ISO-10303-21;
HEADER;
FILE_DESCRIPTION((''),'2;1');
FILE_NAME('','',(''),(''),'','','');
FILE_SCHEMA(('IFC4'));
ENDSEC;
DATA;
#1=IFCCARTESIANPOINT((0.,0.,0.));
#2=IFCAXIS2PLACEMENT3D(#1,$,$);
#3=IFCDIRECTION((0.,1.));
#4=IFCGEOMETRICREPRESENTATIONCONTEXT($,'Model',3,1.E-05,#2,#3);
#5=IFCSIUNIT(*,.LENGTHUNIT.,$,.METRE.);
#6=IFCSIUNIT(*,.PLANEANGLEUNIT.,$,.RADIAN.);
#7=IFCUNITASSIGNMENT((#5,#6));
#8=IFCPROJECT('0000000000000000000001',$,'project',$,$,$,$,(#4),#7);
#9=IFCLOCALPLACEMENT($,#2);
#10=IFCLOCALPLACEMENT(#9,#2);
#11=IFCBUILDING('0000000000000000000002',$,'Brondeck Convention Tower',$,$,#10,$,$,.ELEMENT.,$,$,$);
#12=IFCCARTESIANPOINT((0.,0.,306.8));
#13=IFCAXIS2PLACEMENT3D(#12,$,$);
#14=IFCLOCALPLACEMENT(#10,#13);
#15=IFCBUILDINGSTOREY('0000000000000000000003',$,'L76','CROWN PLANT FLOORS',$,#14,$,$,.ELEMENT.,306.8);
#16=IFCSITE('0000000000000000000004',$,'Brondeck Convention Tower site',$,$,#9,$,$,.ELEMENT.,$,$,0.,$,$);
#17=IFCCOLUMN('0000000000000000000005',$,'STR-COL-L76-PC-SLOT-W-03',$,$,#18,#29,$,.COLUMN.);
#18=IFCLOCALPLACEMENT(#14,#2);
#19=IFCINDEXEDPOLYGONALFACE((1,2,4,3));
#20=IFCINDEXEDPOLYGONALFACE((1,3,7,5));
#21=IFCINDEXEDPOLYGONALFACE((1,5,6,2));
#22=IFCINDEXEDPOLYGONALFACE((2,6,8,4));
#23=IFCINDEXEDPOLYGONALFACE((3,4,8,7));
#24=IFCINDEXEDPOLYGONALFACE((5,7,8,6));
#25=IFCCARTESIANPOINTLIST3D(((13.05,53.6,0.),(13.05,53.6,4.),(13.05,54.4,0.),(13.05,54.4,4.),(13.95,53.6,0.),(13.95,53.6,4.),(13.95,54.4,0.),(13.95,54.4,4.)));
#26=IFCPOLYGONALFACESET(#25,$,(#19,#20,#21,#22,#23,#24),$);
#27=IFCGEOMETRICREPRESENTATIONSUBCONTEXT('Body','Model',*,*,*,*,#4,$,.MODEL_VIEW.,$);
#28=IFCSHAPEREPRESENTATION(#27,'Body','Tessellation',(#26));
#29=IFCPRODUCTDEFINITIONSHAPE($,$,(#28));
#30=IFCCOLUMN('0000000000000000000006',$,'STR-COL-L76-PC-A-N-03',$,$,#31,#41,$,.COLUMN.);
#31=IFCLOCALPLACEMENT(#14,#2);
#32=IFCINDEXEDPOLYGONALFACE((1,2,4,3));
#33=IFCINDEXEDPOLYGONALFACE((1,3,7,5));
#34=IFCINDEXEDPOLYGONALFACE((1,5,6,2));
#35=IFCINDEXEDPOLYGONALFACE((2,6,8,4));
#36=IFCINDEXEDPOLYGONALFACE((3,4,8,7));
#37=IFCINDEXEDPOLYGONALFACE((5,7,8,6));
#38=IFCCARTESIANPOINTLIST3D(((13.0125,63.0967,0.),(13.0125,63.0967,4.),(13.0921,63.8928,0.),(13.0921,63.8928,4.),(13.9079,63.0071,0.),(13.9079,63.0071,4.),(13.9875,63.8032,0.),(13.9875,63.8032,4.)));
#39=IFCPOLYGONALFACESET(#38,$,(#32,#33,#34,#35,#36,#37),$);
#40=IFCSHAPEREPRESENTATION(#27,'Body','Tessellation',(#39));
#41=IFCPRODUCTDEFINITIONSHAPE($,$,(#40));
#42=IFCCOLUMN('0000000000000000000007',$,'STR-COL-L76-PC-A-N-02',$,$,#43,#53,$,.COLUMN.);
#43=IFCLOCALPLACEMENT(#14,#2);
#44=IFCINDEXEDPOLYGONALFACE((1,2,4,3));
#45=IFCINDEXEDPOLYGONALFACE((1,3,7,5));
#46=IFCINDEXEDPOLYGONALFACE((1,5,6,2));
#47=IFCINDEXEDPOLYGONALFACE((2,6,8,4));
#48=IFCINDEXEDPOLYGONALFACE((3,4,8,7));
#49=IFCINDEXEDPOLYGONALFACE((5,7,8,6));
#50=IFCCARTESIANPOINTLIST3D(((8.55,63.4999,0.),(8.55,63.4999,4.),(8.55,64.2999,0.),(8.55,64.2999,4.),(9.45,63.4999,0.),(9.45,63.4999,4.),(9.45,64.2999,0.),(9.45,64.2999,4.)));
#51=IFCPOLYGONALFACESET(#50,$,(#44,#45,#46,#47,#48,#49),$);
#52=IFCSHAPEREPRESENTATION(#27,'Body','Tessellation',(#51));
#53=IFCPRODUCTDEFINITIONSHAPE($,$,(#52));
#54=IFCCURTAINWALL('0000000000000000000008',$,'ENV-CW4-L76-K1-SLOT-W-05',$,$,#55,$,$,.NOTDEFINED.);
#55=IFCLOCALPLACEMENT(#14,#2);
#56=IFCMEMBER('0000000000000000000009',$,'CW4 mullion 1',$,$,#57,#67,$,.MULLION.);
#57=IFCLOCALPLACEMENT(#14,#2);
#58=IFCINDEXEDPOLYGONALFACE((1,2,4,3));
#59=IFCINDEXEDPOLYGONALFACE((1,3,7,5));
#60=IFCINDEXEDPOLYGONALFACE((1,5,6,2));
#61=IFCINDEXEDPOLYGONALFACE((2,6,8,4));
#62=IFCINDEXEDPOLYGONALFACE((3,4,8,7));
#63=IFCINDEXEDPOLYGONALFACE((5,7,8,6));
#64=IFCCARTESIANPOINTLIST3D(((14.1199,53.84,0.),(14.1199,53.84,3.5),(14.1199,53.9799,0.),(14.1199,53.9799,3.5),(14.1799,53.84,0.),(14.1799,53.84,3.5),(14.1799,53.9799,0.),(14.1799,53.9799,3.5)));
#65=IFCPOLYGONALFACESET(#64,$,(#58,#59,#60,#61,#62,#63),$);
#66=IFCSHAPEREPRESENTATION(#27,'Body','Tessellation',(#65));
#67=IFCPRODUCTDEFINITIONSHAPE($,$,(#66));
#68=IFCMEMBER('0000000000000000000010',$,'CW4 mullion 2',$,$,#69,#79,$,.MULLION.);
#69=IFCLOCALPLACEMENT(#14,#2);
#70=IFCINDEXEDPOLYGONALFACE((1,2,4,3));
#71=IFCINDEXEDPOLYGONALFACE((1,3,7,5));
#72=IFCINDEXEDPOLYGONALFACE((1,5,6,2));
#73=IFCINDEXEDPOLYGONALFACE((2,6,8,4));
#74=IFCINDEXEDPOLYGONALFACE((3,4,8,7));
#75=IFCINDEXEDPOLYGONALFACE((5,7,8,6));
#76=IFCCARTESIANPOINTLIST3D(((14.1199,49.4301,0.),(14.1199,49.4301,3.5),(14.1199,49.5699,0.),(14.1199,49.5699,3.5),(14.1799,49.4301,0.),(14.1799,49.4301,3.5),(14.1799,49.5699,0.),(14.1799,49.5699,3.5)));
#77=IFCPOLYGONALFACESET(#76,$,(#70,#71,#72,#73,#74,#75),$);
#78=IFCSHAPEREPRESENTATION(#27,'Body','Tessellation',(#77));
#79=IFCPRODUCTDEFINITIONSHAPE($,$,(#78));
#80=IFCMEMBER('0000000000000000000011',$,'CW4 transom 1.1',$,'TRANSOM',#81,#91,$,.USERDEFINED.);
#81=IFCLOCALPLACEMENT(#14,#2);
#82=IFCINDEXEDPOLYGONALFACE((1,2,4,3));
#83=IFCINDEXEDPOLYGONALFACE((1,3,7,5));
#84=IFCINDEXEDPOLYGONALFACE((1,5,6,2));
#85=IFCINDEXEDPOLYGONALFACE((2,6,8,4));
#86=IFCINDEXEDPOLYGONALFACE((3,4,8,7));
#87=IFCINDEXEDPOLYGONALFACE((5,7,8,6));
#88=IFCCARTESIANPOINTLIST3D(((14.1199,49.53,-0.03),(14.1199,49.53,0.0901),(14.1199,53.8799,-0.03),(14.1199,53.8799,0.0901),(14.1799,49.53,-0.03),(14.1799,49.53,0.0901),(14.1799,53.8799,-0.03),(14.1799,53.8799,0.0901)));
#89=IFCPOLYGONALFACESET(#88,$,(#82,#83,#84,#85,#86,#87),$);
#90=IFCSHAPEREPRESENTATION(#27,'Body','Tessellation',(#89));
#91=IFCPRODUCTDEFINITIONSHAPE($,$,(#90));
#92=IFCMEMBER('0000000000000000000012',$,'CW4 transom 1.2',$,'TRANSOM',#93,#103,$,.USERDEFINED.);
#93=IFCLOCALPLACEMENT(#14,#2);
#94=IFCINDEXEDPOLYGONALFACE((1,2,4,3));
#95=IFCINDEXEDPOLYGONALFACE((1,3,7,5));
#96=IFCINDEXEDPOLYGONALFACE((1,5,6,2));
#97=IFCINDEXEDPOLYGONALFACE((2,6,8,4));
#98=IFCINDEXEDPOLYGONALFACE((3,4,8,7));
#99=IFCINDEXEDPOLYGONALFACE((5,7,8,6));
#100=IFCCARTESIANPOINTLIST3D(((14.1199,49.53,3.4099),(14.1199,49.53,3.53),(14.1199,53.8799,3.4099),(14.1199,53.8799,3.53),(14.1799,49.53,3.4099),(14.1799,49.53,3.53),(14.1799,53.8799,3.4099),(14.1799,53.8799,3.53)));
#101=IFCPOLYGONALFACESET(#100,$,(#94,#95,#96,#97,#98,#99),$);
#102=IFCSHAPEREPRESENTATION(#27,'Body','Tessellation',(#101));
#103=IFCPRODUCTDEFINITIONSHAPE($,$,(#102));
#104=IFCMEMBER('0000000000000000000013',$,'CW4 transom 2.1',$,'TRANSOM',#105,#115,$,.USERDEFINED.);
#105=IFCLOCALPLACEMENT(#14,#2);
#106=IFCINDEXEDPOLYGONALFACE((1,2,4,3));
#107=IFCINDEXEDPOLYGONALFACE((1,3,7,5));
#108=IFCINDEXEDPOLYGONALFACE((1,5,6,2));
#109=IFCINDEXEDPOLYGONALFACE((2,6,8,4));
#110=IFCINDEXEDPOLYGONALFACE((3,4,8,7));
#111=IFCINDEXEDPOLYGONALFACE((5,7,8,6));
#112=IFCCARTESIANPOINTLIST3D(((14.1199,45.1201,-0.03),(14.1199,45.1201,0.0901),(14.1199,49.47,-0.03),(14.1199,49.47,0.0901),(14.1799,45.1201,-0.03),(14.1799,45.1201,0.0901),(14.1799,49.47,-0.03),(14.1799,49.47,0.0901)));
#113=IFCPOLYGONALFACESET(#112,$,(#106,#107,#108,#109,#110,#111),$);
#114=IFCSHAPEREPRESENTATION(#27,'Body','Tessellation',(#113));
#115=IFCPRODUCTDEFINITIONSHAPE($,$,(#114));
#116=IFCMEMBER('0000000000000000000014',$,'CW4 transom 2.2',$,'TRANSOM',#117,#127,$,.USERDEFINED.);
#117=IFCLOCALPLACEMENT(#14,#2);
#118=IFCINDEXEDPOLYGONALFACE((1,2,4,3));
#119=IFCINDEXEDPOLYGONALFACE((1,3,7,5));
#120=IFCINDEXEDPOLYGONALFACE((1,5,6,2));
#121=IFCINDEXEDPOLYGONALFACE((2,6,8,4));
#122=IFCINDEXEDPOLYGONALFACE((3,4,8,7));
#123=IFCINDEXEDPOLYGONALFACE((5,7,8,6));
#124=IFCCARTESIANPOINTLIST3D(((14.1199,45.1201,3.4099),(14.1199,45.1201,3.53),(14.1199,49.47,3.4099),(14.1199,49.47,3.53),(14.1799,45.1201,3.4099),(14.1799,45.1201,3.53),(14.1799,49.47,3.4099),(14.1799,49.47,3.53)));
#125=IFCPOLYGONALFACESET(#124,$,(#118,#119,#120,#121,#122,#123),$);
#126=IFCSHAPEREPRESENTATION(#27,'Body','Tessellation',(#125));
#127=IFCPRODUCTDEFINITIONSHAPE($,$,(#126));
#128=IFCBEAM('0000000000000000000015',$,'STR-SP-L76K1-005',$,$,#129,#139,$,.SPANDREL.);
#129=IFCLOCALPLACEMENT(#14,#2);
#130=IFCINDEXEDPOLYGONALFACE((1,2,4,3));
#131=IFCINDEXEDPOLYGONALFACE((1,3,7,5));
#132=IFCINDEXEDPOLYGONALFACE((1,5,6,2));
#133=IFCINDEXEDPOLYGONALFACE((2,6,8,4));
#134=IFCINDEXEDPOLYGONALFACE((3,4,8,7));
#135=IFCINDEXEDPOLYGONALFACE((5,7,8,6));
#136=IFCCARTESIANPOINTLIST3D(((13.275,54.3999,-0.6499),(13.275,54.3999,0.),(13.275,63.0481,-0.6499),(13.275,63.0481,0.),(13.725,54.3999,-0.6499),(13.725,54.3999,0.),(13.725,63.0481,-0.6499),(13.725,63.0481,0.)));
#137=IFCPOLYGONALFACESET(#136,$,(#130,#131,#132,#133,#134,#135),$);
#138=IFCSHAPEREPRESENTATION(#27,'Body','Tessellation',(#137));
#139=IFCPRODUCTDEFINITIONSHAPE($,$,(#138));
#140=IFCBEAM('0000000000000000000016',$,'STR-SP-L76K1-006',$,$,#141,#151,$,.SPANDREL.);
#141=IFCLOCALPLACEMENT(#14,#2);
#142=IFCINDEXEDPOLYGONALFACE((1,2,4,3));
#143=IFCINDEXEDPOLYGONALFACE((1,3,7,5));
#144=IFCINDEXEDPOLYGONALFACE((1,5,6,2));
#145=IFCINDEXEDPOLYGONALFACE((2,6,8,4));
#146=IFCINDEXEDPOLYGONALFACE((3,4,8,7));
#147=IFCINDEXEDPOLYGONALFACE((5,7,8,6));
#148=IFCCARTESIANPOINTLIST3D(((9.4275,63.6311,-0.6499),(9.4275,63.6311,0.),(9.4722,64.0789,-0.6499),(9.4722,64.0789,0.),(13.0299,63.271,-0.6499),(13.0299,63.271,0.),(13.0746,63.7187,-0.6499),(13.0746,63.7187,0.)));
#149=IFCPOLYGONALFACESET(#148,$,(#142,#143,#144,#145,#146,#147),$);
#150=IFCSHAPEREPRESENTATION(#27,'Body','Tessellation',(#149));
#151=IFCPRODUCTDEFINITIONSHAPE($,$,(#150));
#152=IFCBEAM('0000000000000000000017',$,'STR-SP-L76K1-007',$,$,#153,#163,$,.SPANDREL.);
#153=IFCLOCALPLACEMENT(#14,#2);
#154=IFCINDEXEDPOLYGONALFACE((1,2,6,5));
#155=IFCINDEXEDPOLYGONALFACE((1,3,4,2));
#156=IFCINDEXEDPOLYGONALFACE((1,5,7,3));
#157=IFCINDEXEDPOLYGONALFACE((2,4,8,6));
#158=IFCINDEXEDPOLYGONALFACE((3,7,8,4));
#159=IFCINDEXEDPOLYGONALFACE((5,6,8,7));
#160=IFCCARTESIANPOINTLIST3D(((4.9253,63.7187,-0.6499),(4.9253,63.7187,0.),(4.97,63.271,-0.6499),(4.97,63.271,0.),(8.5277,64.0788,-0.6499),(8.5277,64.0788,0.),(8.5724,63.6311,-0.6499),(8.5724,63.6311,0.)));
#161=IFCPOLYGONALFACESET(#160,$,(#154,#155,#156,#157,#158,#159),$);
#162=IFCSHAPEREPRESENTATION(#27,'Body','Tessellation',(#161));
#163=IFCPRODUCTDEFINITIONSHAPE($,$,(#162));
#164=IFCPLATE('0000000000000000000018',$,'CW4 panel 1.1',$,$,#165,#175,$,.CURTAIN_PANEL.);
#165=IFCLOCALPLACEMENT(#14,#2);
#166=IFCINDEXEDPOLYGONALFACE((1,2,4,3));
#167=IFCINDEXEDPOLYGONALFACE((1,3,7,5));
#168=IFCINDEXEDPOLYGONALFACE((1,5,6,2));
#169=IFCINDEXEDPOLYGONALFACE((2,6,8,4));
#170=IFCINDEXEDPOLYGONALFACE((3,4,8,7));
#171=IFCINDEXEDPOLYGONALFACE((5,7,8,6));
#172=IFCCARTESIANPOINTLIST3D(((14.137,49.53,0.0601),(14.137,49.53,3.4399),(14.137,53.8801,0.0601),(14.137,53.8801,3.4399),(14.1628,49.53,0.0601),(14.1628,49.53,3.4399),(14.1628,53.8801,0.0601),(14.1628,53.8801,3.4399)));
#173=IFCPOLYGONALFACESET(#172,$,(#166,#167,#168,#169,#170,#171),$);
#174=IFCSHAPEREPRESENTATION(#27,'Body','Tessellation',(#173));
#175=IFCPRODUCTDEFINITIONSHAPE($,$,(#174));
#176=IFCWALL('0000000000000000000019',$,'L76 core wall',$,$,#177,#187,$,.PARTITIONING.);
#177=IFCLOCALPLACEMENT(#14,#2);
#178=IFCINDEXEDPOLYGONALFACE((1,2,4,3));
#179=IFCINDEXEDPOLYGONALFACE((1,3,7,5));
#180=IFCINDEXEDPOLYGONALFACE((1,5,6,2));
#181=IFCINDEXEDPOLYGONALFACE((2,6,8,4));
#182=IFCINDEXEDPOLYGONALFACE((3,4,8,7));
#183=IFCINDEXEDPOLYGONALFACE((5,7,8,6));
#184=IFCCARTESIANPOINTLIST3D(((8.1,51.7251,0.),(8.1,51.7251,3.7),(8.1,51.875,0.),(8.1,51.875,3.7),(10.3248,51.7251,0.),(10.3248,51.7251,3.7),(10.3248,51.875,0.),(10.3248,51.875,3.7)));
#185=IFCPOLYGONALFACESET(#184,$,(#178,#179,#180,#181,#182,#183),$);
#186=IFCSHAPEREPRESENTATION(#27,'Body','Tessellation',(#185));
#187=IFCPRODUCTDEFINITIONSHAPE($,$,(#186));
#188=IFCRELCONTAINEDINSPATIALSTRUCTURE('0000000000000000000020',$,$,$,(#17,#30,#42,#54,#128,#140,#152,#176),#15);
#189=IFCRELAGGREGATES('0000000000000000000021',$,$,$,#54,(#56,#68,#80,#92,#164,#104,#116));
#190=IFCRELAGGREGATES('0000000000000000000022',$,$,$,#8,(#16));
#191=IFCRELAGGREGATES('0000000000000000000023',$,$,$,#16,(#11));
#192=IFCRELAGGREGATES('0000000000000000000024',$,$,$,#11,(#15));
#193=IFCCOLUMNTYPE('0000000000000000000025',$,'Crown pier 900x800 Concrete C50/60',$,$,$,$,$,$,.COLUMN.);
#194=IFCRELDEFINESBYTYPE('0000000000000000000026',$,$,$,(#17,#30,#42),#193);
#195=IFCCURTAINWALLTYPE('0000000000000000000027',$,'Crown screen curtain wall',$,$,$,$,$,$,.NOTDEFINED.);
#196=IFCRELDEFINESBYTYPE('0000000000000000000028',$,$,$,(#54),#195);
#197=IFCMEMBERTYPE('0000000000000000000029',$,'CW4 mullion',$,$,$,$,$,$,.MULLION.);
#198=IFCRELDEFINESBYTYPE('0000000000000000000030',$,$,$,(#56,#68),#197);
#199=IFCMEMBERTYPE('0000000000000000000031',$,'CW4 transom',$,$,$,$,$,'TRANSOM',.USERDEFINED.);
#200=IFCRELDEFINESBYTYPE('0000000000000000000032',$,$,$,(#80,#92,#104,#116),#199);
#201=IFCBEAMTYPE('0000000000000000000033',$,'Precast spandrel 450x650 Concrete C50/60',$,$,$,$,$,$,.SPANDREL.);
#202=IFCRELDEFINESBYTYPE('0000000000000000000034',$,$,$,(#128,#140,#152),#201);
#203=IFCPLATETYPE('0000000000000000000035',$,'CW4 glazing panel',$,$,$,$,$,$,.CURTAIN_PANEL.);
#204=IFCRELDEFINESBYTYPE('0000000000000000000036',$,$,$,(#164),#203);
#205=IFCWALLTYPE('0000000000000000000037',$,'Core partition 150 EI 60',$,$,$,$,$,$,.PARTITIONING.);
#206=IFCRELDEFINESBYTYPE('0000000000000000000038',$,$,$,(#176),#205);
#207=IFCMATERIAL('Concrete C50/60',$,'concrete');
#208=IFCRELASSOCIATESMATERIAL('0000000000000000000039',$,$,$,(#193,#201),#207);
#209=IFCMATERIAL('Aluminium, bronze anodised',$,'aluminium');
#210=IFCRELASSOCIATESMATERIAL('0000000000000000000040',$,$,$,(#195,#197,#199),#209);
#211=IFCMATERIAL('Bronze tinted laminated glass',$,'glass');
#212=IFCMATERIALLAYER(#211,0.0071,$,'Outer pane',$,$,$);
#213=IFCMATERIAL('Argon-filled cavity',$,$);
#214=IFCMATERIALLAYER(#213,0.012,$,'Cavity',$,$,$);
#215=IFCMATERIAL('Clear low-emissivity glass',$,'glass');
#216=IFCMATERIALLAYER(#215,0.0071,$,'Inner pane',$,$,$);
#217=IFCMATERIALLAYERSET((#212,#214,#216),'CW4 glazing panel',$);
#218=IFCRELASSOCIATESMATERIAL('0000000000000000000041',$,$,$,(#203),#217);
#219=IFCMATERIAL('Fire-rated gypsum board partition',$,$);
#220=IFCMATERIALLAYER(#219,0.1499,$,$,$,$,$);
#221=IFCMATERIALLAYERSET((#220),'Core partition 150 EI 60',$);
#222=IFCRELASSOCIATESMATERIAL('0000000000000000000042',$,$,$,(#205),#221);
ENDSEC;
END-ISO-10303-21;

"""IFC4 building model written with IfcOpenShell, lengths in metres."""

from ifc_helpers import new_model, si_unit, direction, frame, frame_2d, origin, origin_2d, place, context, subcontext, project, spatial, rectangle, extrude, material, layer, layer_set, material_profile, profile_set, type_object, element, aggregate, save


model = new_model("IFC4")

# Units and contexts
model_context = context("Model", 3, precision=1e-05, world=origin(), true_north=direction((0.0, 1.0)))
body_context = subcontext(model_context, "Body", "Model", "MODEL_VIEW")
ifc_project = project(units=[si_unit("LENGTHUNIT", "METRE"), si_unit("PLANEANGLEUNIT", "RADIAN")], contexts=[model_context])

# Site, building, storey
site_placement = place(None, origin())
site = spatial("IfcSite", under=ifc_project, at=site_placement, Name="Brondeck Convention Tower site", CompositionType="ELEMENT", RefElevation=0.0)
building_placement = place(site_placement, origin())
building = spatial("IfcBuilding", under=site, at=building_placement, Name="Brondeck Convention Tower", CompositionType="ELEMENT")
storey_placement = place(building_placement, frame((0.0, 0.0, 306.8)))
storey = spatial("IfcBuildingStorey", under=building, at=storey_placement, Name="L76", Description="CROWN PLANT FLOORS", CompositionType="ELEMENT", Elevation=306.8)

# Columns
ifc_material_1 = material(Name="Concrete C50/60", Category="concrete")
ifc_material_profile_1 = material_profile(ifc_material_1, rectangle(XDim=0.8999, YDim=0.8, at=origin_2d()), Name="Crown pier 900x800 Concrete C50/60")
ifc_profile_set_1 = profile_set([ifc_material_profile_1], Name="Concrete C50/60")
column_type = type_object("IfcColumnType", Name="Crown pier 900x800 Concrete C50/60", PredefinedType="COLUMN", material=ifc_profile_set_1)
for number, where, z_axis, x_axis, name in (
    (1, (13.5, 54.0, 0.0), (0.0, 0.0, 1.0), (1.0, 0.0, 0.0), "STR-COL-L76-PC-SLOT-W-03"),
    (2, (13.5, 63.45, 0.0), (0.0, 0.0, 1.0), (-0.995037, 0.099504, 0.0), "STR-COL-L76-PC-A-N-03"),
    (3, (9.0, 63.8999, 0.0), (0.0, 0.0, 1.0), (-1.0, 0.0, 0.0), "STR-COL-L76-PC-A-N-02"),
):
    element("IfcColumn", number, at=place(storey_placement, frame(where, z_axis=z_axis, x_axis=x_axis)), inside=storey, type_object=column_type, Name=name, PredefinedType="COLUMN", context=body_context, shape_type="SweptSolid", body=[
        extrude(rectangle(XDim=0.8999, YDim=0.8, at=origin_2d()), origin(), (0.0, 0.0, 1.0), 4.0),
    ])

# Curtain wall, members
ifc_material_2 = material(Name="Aluminium, bronze anodised", Category="aluminium")
curtain_wall_type = type_object("IfcCurtainWallType", Name="Crown screen curtain wall", PredefinedType="NOTDEFINED", material=ifc_material_2)
curtain_wall_placement = place(storey_placement, origin())
curtain_wall = element("IfcCurtainWall", 4, at=curtain_wall_placement, inside=storey, type_object=curtain_wall_type, Name="ENV-CW4-L76-K1-SLOT-W-05", PredefinedType="NOTDEFINED")
ifc_material_profile_2 = material_profile(ifc_material_2, rectangle(XDim=0.0601, YDim=0.1399, at=origin_2d()), Name="CW4 mullion")
ifc_profile_set_2 = profile_set([ifc_material_profile_2], Name="Aluminium, bronze anodised")
member_type_1 = type_object("IfcMemberType", Name="CW4 mullion", PredefinedType="MULLION", material=ifc_profile_set_2)
member_1_placement = place(storey_placement, frame((14.1499, 53.9099, 0.0), z_axis=(0.0, 0.0, 1.0), x_axis=(1.0, 0.0, 0.0)))
member_1 = element("IfcMember", 5, at=member_1_placement, type_object=member_type_1, Name="CW4 mullion 1", PredefinedType="MULLION", context=body_context, shape_type="SweptSolid", body=[
    extrude(rectangle(XDim=0.0601, YDim=0.1399, at=origin_2d()), origin(), (0.0, 0.0, 1.0), 3.5),
])
member_2_placement = place(storey_placement, frame((14.1499, 49.5, 0.0), z_axis=(0.0, 0.0, 1.0), x_axis=(1.0, 0.0, 0.0)))
member_2 = element("IfcMember", 6, at=member_2_placement, type_object=member_type_1, Name="CW4 mullion 2", PredefinedType="MULLION", context=body_context, shape_type="SweptSolid", body=[
    extrude(rectangle(XDim=0.0601, YDim=0.1399, at=origin_2d()), origin(), (0.0, 0.0, 1.0), 3.5),
])
ifc_material_profile_3 = material_profile(ifc_material_2, rectangle(XDim=0.0601, YDim=0.1201, at=origin_2d()), Name="CW4 transom")
ifc_profile_set_3 = profile_set([ifc_material_profile_3], Name="Aluminium, bronze anodised")
member_type_2 = type_object("IfcMemberType", Name="CW4 transom", ElementType="TRANSOM", PredefinedType="USERDEFINED", material=ifc_profile_set_3)
member_3_placement = place(storey_placement, frame((14.1499, 53.8799, 0.03), z_axis=(0.0, -1.0, 0.0), x_axis=(1.0, 0.0, 0.0)))
member_3 = element("IfcMember", 7, at=member_3_placement, type_object=member_type_2, Name="CW4 transom 1.1", ObjectType="TRANSOM", PredefinedType="USERDEFINED", context=body_context, shape_type="SweptSolid", body=[
    extrude(rectangle(XDim=0.0601, YDim=0.1201, at=origin_2d()), origin(), (0.0, 0.0, 1.0), 4.3499),
])
member_4_placement = place(storey_placement, frame((14.1499, 53.8799, 3.47), z_axis=(0.0, -1.0, 0.0), x_axis=(1.0, 0.0, 0.0)))
member_4 = element("IfcMember", 8, at=member_4_placement, type_object=member_type_2, Name="CW4 transom 1.2", ObjectType="TRANSOM", PredefinedType="USERDEFINED", context=body_context, shape_type="SweptSolid", body=[
    extrude(rectangle(XDim=0.0601, YDim=0.1201, at=origin_2d()), origin(), (0.0, 0.0, 1.0), 4.3499),
])
member_5_placement = place(storey_placement, frame((14.1499, 49.47, 0.03), z_axis=(0.0, -1.0, 0.0), x_axis=(1.0, 0.0, 0.0)))
member_5 = element("IfcMember", 9, at=member_5_placement, type_object=member_type_2, Name="CW4 transom 2.1", ObjectType="TRANSOM", PredefinedType="USERDEFINED", context=body_context, shape_type="SweptSolid", body=[
    extrude(rectangle(XDim=0.0601, YDim=0.1201, at=origin_2d()), origin(), (0.0, 0.0, 1.0), 4.3499),
])
member_6_placement = place(storey_placement, frame((14.1499, 49.47, 3.47), z_axis=(0.0, -1.0, 0.0), x_axis=(1.0, 0.0, 0.0)))
member_6 = element("IfcMember", 10, at=member_6_placement, type_object=member_type_2, Name="CW4 transom 2.2", ObjectType="TRANSOM", PredefinedType="USERDEFINED", context=body_context, shape_type="SweptSolid", body=[
    extrude(rectangle(XDim=0.0601, YDim=0.1201, at=origin_2d()), origin(), (0.0, 0.0, 1.0), 4.3499),
])

# Beams
ifc_material_profile_4 = material_profile(ifc_material_1, rectangle(XDim=0.45, YDim=0.6499, at=origin_2d()), Name="Precast spandrel 450x650 Concrete C50/60")
ifc_profile_set_4 = profile_set([ifc_material_profile_4], Name="Concrete C50/60")
beam_type = type_object("IfcBeamType", Name="Precast spandrel 450x650 Concrete C50/60", PredefinedType="SPANDREL", material=ifc_profile_set_4)
beam_placement = place(storey_placement, frame((13.5, 54.3999, -0.325), z_axis=(0.0, 1.0, 0.0), x_axis=(-1.0, 0.0, 0.0)))
element("IfcBeam", 11, at=beam_placement, inside=storey, type_object=beam_type, Name="STR-SP-L76K1-005", PredefinedType="SPANDREL", context=body_context, shape_type="SweptSolid", body=[
    extrude(rectangle(XDim=0.45, YDim=0.6499, at=origin_2d()), origin(), (0.0, 0.0, 1.0), 8.6482),
])
for number, where, z_axis, x_axis, name in (
    (12, (13.0522, 63.4949, -0.325), (-0.995041, 0.09947, 0.0), (-0.09947, -0.995041, 0.0), "STR-SP-L76K1-006"),
    (13, (8.55, 63.855, -0.325), (-0.995041, -0.09947, 0.0), (0.09947, -0.995041, 0.0), "STR-SP-L76K1-007"),
):
    element("IfcBeam", number, at=place(storey_placement, frame(where, z_axis=z_axis, x_axis=x_axis)), inside=storey, type_object=beam_type, Name=name, PredefinedType="SPANDREL", context=body_context, shape_type="SweptSolid", body=[
        extrude(rectangle(XDim=0.45, YDim=0.6499, at=origin_2d()), origin(), (0.0, 0.0, 1.0), 3.6204),
    ])

# Plate
ifc_material_3 = material(Name="Bronze tinted laminated glass", Category="glass")
ifc_layer_1 = layer(ifc_material_3, 0.0071, Name="Outer pane")
ifc_material_4 = material(Name="Argon-filled cavity")
ifc_layer_2 = layer(ifc_material_4, 0.012, Name="Cavity")
ifc_material_5 = material(Name="Clear low-emissivity glass", Category="glass")
ifc_layer_3 = layer(ifc_material_5, 0.0071, Name="Inner pane")
ifc_layer_set_1 = layer_set([ifc_layer_1, ifc_layer_2, ifc_layer_3], Name="CW4 glazing panel")
plate_type = type_object("IfcPlateType", Name="CW4 glazing panel", PredefinedType="CURTAIN_PANEL", material=ifc_layer_set_1)
plate_placement = place(storey_placement, frame((14.1499, 51.7051, 0.0601), z_axis=(0.0, 0.0, 1.0), x_axis=(0.0, -1.0, 0.0)))
plate = element("IfcPlate", 14, at=plate_placement, type_object=plate_type, Name="CW4 panel 1.1", PredefinedType="CURTAIN_PANEL", context=body_context, shape_type="SweptSolid", body=[
    extrude(rectangle(XDim=4.3501, YDim=0.0259, at=origin_2d()), origin(), (0.0, 0.0, 1.0), 3.3799),
])
aggregate(curtain_wall, [member_1, member_2, member_3, member_4, plate, member_5, member_6])

# Wall
ifc_material_6 = material(Name="Fire-rated gypsum board partition")
ifc_layer_4 = layer(ifc_material_6, 0.1499)
ifc_layer_set_2 = layer_set([ifc_layer_4], Name="Core partition 150 EI 60")
wall_type_1 = type_object("IfcWallType", Name="Core partition 150 EI 60", PredefinedType="PARTITIONING", material=ifc_layer_set_2)
wall_1_placement = place(storey_placement, frame((8.1001, 51.8, 0.0), z_axis=(0.0, 0.0, 1.0), x_axis=(1.0, 0.0, 0.0)))
element("IfcWall", 15, at=wall_1_placement, inside=storey, type_object=wall_type_1, Name="L76 core wall", PredefinedType="PARTITIONING", context=body_context, shape_type="SweptSolid", body=[
    extrude(rectangle(XDim=2.2249, YDim=0.1499, at=frame_2d((1.1123, 0.0))), origin(), (0.0, 0.0, 1.0), 3.7),
])

save(model, "model.ifc")
